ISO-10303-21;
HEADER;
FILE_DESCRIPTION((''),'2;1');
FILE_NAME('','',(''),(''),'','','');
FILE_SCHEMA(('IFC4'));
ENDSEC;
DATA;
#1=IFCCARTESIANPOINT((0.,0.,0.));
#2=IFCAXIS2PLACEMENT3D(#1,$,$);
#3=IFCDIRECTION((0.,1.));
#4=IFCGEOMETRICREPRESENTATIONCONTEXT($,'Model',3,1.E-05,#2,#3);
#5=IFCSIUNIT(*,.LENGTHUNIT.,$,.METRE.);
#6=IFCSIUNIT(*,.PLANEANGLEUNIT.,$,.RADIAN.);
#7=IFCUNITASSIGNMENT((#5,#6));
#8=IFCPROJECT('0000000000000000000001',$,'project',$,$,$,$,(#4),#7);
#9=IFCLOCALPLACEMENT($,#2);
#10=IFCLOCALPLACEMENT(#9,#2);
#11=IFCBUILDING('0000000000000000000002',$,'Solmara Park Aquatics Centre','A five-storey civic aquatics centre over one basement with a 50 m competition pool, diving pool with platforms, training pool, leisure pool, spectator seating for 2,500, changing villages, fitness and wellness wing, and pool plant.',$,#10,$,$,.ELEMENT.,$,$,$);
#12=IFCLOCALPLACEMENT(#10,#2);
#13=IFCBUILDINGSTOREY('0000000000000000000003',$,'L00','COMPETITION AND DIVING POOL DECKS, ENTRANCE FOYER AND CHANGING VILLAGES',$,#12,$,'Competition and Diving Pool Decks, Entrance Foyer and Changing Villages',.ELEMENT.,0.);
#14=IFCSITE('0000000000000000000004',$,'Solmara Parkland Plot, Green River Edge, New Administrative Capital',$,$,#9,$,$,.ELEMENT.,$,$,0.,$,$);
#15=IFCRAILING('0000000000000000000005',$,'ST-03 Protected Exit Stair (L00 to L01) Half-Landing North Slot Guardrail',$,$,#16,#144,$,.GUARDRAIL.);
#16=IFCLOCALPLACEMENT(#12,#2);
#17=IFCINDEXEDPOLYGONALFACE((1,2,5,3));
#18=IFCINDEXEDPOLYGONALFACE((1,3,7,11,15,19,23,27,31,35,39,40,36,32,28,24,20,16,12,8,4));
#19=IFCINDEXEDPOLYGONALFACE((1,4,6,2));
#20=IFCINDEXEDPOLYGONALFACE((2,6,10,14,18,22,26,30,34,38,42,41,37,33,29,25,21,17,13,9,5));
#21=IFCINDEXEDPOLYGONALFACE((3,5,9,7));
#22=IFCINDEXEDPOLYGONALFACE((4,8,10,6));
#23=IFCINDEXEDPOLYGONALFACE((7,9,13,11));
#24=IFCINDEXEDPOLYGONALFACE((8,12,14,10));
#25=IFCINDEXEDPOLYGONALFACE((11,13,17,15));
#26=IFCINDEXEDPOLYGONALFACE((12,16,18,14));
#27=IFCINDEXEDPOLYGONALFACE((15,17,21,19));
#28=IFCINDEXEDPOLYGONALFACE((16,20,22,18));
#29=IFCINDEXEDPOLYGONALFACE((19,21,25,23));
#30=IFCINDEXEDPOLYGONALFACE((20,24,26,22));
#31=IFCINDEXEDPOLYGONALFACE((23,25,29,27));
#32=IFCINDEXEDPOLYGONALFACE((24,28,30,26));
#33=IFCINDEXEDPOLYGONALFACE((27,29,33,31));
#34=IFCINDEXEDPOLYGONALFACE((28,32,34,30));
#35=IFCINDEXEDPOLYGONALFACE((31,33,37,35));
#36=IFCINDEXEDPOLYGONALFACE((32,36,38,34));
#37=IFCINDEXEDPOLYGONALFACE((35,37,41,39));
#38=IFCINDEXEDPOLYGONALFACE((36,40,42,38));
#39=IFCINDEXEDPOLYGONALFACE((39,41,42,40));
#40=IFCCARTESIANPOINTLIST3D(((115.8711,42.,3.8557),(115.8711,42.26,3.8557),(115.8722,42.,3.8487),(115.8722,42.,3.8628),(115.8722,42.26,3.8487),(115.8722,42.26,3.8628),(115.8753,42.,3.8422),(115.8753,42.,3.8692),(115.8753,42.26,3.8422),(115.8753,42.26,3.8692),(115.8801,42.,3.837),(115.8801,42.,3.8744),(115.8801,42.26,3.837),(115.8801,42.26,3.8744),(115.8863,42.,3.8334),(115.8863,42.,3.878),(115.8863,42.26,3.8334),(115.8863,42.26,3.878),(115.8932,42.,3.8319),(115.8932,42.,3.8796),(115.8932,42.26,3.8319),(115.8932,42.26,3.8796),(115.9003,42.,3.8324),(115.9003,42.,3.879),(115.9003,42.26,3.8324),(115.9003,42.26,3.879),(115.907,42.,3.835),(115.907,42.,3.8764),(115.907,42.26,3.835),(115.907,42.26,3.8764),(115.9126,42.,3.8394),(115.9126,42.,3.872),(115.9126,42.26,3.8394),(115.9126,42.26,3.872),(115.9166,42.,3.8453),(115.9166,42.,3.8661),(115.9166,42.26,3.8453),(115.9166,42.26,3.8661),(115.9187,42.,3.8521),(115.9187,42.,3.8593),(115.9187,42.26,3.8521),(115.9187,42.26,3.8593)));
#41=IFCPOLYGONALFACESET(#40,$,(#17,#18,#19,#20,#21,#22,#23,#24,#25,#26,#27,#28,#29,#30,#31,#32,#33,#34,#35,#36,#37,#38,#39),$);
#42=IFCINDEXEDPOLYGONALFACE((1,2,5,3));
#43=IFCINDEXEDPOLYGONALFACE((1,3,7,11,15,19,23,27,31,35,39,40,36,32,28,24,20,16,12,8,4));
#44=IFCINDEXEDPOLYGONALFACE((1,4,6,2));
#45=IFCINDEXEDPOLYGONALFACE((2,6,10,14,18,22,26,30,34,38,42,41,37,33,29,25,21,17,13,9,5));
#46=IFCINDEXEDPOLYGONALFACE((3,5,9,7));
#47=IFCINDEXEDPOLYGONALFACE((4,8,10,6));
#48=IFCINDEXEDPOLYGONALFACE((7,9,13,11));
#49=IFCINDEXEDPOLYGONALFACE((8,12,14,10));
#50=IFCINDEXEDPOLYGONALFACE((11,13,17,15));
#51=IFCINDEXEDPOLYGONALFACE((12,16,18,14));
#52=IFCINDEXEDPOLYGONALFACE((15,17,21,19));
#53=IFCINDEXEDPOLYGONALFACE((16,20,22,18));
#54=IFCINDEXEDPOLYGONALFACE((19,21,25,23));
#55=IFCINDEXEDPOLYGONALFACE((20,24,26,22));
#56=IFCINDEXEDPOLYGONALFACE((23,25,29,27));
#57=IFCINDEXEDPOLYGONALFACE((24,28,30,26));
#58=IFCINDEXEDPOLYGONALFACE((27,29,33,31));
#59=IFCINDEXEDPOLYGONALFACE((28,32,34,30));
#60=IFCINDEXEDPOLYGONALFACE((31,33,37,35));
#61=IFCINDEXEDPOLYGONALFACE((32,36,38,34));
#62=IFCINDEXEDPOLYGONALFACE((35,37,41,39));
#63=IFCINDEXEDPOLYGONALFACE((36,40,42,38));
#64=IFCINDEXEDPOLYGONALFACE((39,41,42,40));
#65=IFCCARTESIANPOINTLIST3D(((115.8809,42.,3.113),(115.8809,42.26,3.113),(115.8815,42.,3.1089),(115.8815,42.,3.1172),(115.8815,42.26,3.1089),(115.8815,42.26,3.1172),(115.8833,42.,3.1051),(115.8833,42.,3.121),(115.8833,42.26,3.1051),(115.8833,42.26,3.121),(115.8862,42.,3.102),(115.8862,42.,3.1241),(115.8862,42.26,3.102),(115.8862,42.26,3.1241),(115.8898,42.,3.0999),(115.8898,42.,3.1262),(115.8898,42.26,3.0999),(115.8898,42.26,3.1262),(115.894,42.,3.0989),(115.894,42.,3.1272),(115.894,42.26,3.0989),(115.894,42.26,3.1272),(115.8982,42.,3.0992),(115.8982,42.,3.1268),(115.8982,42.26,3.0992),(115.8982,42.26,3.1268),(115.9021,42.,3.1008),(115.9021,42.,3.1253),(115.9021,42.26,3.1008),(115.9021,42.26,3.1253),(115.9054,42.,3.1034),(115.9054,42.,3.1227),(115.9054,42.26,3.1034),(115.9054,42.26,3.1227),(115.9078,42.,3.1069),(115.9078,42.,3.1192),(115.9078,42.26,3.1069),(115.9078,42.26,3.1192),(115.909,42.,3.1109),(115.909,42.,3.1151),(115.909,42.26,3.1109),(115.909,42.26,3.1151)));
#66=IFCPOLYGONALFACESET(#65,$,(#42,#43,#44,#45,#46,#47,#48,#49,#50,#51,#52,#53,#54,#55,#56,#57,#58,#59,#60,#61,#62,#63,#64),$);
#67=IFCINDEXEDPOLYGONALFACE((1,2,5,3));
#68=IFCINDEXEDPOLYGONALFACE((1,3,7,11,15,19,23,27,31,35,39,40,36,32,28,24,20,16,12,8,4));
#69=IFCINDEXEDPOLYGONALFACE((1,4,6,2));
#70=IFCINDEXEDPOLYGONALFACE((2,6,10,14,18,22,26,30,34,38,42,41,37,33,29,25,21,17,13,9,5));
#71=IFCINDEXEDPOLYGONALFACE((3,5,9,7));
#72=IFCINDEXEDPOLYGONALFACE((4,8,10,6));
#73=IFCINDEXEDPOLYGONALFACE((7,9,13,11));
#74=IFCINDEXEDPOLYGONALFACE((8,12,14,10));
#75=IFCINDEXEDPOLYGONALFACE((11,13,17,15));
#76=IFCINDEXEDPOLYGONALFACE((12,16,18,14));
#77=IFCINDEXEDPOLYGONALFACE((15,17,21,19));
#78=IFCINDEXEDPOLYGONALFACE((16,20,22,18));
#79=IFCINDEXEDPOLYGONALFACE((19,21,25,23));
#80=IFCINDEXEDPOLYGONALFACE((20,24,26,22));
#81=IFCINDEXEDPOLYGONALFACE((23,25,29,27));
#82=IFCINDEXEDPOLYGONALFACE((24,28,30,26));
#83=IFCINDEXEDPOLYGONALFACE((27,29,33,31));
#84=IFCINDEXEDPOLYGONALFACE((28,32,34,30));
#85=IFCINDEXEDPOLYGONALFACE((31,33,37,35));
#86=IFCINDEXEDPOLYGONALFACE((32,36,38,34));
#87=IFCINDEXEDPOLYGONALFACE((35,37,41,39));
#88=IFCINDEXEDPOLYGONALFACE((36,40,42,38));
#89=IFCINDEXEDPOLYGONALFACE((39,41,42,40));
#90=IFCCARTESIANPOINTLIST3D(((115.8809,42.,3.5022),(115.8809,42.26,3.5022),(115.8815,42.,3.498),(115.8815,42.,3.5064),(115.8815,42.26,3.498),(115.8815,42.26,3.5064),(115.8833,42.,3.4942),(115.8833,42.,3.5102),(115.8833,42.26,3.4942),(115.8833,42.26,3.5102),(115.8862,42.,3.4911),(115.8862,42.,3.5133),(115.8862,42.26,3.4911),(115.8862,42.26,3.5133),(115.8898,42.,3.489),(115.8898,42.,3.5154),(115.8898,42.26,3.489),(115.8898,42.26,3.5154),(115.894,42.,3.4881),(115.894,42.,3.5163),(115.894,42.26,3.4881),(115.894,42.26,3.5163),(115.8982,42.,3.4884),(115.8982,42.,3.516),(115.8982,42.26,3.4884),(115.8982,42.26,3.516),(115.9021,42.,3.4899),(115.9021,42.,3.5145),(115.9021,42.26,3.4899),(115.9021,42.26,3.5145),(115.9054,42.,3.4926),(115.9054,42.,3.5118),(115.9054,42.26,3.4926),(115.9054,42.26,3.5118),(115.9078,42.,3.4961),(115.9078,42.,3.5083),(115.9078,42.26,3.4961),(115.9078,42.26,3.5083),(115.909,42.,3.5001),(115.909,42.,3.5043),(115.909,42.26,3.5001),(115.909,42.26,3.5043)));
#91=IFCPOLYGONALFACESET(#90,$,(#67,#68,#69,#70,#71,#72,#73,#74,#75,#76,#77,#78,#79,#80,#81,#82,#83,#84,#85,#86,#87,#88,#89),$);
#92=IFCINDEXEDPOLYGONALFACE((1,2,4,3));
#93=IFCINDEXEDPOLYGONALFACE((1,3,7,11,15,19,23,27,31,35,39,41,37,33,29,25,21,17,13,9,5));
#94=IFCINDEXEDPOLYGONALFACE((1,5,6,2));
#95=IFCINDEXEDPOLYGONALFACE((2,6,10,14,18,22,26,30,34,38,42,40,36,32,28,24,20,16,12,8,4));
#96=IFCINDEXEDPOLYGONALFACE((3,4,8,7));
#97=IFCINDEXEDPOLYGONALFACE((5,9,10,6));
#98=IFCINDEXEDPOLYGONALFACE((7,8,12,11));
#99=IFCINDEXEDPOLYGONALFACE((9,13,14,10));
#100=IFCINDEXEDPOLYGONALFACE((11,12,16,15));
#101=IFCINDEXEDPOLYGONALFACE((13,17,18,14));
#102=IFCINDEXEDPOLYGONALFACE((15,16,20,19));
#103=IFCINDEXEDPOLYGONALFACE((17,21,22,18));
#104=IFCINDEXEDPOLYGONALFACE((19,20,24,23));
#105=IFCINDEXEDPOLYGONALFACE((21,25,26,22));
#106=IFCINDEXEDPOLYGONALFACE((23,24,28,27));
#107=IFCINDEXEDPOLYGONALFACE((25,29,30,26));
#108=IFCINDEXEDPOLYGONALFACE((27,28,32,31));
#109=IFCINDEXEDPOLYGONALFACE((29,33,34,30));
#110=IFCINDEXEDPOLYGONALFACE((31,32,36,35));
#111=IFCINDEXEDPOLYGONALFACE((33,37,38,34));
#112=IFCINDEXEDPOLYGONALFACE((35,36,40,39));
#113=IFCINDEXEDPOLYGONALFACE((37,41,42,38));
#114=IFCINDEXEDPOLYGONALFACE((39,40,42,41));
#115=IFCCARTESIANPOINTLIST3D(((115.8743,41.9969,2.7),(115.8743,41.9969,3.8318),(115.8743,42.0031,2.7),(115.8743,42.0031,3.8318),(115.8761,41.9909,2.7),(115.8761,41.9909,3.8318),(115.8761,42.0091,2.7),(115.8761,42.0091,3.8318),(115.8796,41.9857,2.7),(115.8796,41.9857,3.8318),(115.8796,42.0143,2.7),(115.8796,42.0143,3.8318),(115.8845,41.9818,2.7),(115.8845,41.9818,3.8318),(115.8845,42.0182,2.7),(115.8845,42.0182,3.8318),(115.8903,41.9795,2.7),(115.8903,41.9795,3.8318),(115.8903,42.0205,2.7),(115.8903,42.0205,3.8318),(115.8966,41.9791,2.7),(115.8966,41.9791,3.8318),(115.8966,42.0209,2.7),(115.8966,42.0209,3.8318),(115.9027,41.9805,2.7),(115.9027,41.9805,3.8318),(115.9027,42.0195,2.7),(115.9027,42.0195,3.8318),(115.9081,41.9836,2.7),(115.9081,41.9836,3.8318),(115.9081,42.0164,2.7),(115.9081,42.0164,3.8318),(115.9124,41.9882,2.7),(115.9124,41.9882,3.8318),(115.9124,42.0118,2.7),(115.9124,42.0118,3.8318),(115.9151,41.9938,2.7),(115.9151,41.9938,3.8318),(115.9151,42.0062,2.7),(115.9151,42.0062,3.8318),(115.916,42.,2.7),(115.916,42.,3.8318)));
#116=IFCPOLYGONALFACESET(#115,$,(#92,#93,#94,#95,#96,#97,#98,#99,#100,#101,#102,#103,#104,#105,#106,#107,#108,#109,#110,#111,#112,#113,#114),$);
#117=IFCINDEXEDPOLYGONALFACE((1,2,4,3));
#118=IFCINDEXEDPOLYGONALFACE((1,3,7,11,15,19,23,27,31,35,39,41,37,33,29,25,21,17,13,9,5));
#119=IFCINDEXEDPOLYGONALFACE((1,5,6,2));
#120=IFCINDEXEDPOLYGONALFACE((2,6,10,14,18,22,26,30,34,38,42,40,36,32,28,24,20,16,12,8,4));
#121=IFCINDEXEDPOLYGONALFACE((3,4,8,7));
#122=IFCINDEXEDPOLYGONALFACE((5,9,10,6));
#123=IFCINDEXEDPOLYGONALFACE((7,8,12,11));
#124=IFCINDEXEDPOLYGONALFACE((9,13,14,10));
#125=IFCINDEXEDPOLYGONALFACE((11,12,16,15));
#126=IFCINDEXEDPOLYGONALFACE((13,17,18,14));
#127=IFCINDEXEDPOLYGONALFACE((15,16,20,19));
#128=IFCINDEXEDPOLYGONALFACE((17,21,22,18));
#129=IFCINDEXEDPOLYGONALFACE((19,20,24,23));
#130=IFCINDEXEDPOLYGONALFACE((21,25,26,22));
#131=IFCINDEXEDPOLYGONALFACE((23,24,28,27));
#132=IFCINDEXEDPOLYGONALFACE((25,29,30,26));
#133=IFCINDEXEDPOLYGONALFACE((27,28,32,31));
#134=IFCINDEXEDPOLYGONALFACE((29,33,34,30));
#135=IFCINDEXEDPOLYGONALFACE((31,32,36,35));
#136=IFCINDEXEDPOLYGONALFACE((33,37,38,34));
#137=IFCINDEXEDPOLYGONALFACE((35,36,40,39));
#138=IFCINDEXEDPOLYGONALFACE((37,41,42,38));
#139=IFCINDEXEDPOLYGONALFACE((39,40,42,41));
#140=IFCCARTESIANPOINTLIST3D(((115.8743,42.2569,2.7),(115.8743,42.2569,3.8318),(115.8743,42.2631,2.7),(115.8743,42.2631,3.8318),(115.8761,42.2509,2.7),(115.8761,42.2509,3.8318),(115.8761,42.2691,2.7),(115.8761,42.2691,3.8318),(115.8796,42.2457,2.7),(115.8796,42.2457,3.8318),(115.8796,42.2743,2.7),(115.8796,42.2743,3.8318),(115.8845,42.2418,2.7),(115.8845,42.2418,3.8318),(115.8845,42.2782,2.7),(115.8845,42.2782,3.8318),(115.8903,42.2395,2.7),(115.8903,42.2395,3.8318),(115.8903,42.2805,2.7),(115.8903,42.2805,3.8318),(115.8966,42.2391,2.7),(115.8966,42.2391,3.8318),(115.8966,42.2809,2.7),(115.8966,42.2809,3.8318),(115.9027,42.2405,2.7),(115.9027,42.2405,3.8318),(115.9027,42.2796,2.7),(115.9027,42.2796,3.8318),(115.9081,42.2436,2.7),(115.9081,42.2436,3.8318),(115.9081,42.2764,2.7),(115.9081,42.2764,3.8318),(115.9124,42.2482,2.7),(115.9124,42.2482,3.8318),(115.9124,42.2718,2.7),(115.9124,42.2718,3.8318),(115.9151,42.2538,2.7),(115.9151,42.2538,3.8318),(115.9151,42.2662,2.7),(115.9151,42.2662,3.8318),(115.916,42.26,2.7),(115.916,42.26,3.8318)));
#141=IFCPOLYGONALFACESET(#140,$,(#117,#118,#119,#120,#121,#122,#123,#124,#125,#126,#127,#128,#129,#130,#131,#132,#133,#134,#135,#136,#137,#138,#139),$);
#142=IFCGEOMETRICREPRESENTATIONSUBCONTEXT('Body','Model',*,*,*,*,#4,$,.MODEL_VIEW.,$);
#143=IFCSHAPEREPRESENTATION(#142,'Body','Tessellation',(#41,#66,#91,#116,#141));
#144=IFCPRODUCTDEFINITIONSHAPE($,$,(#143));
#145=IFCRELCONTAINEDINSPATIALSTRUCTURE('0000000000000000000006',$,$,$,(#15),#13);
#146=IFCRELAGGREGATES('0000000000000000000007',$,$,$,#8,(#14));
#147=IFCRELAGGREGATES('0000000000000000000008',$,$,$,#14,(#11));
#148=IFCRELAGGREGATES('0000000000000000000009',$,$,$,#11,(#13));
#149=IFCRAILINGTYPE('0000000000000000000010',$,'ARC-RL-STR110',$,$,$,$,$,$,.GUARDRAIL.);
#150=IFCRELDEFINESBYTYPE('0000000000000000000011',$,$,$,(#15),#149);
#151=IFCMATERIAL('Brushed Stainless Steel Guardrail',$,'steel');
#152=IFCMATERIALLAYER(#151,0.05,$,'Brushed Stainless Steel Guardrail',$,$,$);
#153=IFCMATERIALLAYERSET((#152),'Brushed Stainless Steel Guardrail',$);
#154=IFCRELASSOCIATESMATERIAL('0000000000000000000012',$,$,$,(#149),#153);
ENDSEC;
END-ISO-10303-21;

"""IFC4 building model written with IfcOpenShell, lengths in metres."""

from ifc_helpers import new_model, si_unit, direction, frame, origin, origin_2d, place, context, subcontext, project, spatial, circle, extrude, material, layer, layer_set, type_object, element, save


model = new_model("IFC4")

# Units and contexts
model_context = context("Model", 3, precision=1e-05, world=origin(), true_north=direction((0.0, 1.0)))
body_context = subcontext(model_context, "Body", "Model", "MODEL_VIEW")
ifc_project = project(units=[si_unit("LENGTHUNIT", "METRE"), si_unit("PLANEANGLEUNIT", "RADIAN")], contexts=[model_context])

# Site, building, storey
site_placement = place(None, origin())
site = spatial("IfcSite", under=ifc_project, at=site_placement, Name="Solmara Parkland Plot, Green River Edge, New Administrative Capital", CompositionType="ELEMENT", RefElevation=0.0)
building_placement = place(site_placement, origin())
building = spatial("IfcBuilding", under=site, at=building_placement, Name="Solmara Park Aquatics Centre", Description="A five-storey civic aquatics centre over one basement with a 50 m competition pool, diving pool with platforms, training pool, leisure pool, spectator seating for 2,500, changing villages, fitness and wellness wing, and pool plant.", CompositionType="ELEMENT")
storey_placement = place(building_placement, origin())
storey = spatial("IfcBuildingStorey", under=building, at=storey_placement, Name="L00", Description="COMPETITION AND DIVING POOL DECKS, ENTRANCE FOYER AND CHANGING VILLAGES", LongName="Competition and Diving Pool Decks, Entrance Foyer and Changing Villages", CompositionType="ELEMENT", Elevation=0.0)

# Railing
ifc_material_1 = material(Name="Brushed Stainless Steel Guardrail", Category="steel")
ifc_layer_1 = layer(ifc_material_1, 0.05, Name="Brushed Stainless Steel Guardrail")
ifc_layer_set_1 = layer_set([ifc_layer_1], Name="Brushed Stainless Steel Guardrail")
railing_type_1 = type_object("IfcRailingType", Name="ARC-RL-STR110", PredefinedType="GUARDRAIL", material=ifc_layer_set_1)
railing_1_placement = place(storey_placement, frame((115.895, 42.0, 2.7)))
element("IfcRailing", 1, at=railing_1_placement, inside=storey, type_object=railing_type_1, Name="ST-03 Protected Exit Stair (L00 to L01) Half-Landing North Slot Guardrail", PredefinedType="GUARDRAIL", context=body_context, shape_type="SweptSolid", body=[
    extrude(circle(Radius=0.0239, at=origin_2d()), frame((0.0, 0.0, 1.1558), z_axis=(0.0, 1.0, 0.0), x_axis=(-1.0, 0.0, 0.0)), (0.0, 0.0, 1.0), 0.26),
    extrude(circle(Radius=0.0142, at=origin_2d()), frame((0.0, 0.0, 0.4131), z_axis=(0.0, 1.0, 0.0), x_axis=(-1.0, 0.0, 0.0)), (0.0, 0.0, 1.0), 0.26),
    extrude(circle(Radius=0.0142, at=origin_2d()), frame((0.0, 0.0, 0.8022), z_axis=(0.0, 1.0, 0.0), x_axis=(-1.0, 0.0, 0.0)), (0.0, 0.0, 1.0), 0.26),
    extrude(circle(Radius=0.021, at=origin_2d()), origin(), (0.0, 0.0, 1.0), 1.1318),
    extrude(circle(Radius=0.021, at=origin_2d()), frame((0.0, 0.26, 0.0)), (0.0, 0.0, 1.0), 1.1318),
])

save(model, "model.ifc")
